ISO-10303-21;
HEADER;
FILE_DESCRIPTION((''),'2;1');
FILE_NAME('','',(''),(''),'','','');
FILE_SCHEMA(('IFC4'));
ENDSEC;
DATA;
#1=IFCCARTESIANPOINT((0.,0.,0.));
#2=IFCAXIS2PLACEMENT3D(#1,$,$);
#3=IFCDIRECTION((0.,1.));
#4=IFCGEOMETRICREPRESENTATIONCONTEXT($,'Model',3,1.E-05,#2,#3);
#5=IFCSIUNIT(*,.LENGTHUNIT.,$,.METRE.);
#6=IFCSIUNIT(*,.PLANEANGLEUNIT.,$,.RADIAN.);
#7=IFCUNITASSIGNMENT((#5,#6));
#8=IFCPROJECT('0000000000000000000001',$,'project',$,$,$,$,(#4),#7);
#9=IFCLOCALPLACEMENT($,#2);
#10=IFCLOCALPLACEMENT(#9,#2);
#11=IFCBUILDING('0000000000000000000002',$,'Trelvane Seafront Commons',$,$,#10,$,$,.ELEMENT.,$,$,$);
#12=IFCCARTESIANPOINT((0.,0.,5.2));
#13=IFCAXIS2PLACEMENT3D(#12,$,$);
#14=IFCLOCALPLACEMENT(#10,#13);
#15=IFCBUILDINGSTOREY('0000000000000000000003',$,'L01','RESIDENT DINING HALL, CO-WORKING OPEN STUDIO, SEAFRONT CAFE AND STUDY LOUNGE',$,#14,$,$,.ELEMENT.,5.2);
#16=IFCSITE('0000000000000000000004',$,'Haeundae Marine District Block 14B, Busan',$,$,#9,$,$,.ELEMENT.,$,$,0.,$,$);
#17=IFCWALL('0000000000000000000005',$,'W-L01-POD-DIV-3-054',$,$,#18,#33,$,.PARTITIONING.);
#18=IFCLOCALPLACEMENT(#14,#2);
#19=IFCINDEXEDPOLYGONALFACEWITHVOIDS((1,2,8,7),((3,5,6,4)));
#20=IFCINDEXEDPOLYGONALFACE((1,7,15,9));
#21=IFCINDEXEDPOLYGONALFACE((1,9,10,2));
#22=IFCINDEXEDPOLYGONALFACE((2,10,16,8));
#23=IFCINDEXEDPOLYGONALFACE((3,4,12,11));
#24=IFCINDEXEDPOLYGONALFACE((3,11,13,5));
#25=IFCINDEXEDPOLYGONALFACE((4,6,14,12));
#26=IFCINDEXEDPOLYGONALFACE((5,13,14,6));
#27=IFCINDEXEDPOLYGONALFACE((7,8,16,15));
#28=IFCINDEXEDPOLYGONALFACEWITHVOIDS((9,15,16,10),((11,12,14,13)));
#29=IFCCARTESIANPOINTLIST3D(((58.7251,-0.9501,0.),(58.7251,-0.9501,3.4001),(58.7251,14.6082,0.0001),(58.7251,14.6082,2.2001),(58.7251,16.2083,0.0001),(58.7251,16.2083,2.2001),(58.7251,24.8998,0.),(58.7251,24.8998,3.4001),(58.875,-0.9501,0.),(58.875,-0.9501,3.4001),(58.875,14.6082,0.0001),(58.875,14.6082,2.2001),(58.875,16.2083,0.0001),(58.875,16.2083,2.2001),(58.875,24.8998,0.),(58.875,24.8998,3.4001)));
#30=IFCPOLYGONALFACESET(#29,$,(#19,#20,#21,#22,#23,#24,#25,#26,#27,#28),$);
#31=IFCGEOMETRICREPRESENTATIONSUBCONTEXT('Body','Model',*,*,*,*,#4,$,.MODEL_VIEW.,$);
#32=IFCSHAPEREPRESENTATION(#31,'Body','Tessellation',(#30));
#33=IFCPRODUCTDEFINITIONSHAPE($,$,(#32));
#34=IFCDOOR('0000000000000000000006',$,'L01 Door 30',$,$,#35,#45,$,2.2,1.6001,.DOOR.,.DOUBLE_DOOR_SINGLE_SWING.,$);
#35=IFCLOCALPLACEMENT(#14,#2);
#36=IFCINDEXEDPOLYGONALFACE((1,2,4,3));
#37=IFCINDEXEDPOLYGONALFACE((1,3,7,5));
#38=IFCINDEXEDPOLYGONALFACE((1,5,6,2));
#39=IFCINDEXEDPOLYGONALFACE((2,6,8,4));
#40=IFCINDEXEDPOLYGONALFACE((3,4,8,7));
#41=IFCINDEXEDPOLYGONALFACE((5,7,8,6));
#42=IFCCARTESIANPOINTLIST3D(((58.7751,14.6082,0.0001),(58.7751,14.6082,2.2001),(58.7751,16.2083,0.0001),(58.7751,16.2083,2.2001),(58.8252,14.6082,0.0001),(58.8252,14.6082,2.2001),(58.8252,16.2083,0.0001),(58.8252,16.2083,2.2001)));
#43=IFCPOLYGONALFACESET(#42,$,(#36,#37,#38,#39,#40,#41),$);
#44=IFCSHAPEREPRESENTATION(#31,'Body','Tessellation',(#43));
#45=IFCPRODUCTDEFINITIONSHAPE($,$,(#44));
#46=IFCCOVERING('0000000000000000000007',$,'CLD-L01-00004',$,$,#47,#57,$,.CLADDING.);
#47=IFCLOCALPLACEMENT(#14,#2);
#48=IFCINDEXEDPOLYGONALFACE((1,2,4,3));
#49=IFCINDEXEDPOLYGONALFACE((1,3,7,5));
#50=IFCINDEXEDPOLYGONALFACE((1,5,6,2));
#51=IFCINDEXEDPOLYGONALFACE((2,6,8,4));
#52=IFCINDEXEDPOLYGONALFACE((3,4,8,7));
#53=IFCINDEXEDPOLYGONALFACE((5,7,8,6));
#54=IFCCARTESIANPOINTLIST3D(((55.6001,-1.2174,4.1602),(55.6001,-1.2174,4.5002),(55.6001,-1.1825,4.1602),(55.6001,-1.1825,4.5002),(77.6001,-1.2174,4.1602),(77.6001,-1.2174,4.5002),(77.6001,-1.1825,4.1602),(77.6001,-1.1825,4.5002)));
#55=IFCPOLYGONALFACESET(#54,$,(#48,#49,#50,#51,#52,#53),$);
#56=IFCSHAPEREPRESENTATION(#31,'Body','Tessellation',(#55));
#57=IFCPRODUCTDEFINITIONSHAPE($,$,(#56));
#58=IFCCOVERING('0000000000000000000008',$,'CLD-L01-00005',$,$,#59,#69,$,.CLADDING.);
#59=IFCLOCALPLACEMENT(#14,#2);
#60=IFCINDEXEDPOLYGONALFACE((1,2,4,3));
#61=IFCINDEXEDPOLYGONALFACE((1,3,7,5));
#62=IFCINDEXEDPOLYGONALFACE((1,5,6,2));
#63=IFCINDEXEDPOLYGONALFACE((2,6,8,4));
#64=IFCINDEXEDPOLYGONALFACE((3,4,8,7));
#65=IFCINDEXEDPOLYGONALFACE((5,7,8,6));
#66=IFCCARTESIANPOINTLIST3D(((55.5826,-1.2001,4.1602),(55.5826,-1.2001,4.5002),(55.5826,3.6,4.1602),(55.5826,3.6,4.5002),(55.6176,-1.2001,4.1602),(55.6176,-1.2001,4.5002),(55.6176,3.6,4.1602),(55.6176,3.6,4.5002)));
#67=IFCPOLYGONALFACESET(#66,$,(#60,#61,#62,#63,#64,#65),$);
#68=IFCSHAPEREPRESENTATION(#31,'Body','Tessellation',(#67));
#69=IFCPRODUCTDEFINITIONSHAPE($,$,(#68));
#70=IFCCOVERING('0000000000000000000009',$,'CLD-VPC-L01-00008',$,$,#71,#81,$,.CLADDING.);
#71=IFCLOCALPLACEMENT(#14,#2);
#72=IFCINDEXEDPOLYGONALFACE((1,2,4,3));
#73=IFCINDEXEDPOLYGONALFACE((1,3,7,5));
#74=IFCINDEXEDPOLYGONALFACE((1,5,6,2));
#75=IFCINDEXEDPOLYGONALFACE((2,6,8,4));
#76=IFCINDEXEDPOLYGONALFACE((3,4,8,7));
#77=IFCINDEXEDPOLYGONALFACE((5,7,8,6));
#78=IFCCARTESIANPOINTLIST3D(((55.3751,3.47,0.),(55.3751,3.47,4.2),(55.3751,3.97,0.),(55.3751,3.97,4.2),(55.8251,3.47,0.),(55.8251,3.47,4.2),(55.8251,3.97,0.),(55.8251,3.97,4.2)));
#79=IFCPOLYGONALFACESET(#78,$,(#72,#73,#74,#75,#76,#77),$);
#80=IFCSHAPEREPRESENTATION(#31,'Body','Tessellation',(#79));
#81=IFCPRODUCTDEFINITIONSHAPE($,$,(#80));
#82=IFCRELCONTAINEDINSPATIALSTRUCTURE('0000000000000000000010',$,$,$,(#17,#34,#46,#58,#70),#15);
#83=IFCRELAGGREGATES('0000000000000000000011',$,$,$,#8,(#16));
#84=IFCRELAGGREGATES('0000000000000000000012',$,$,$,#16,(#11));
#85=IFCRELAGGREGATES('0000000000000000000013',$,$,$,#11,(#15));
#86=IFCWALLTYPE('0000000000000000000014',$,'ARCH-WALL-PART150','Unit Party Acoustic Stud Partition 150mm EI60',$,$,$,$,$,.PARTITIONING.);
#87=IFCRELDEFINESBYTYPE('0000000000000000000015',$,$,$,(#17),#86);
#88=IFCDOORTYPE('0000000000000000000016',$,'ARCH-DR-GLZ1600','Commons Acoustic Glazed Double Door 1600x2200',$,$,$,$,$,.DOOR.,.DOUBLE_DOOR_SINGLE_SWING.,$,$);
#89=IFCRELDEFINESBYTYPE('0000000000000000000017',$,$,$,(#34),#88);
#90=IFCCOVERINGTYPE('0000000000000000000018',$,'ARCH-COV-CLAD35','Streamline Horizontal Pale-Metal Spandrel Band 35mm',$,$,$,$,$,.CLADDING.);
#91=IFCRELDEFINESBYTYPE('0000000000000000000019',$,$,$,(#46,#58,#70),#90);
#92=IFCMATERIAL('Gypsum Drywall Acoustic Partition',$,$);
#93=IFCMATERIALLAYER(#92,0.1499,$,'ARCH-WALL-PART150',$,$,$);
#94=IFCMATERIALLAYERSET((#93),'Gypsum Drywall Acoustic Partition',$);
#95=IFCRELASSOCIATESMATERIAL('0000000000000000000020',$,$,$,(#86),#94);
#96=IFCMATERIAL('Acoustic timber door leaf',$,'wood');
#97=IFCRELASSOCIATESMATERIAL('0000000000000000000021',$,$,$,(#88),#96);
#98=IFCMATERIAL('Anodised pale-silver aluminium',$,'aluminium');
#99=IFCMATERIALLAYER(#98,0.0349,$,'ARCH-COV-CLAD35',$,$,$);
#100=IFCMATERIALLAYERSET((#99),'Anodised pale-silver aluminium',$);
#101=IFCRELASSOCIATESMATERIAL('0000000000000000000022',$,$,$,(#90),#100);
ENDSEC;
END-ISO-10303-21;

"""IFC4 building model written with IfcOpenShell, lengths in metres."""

from ifc_helpers import new_model, si_unit, direction, frame, frame_2d, origin, origin_2d, place, context, subcontext, project, spatial, rectangle, extrude, source, transform, mapped, material, layer, layer_set, type_object, element, fill, save


model = new_model("IFC4")

# Units and contexts
model_context = context("Model", 3, precision=1e-05, world=origin(), true_north=direction((0.0, 1.0)))
body_context = subcontext(model_context, "Body", "Model", "MODEL_VIEW")
ifc_project = project(units=[si_unit("LENGTHUNIT", "METRE"), si_unit("PLANEANGLEUNIT", "RADIAN")], contexts=[model_context])

# Site, building, storey
site_placement = place(None, origin())
site = spatial("IfcSite", under=ifc_project, at=site_placement, Name="Haeundae Marine District Block 14B, Busan", CompositionType="ELEMENT", RefElevation=0.0)
building_placement = place(site_placement, origin())
building = spatial("IfcBuilding", under=site, at=building_placement, Name="Trelvane Seafront Commons", CompositionType="ELEMENT")
storey_placement = place(building_placement, frame((0.0, 0.0, 5.2)))
storey = spatial("IfcBuildingStorey", under=building, at=storey_placement, Name="L01", Description="RESIDENT DINING HALL, CO-WORKING OPEN STUDIO, SEAFRONT CAFE AND STUDY LOUNGE", CompositionType="ELEMENT", Elevation=5.2)

# Shared definitions
ifc_material_1 = material(Name="Anodised pale-silver aluminium", Category="aluminium")

# Wall, opening, door
ifc_material_2 = material(Name="Gypsum Drywall Acoustic Partition")
ifc_layer_1 = layer(ifc_material_2, 0.1499, Name="ARCH-WALL-PART150")
ifc_layer_set_1 = layer_set([ifc_layer_1], Name="Gypsum Drywall Acoustic Partition")
wall_type_1 = type_object("IfcWallType", Name="ARCH-WALL-PART150", Description="Unit Party Acoustic Stud Partition 150mm EI60", PredefinedType="PARTITIONING", material=ifc_layer_set_1)
wall_1_placement = place(storey_placement, frame((58.8, -0.95, 0.0), z_axis=(0.0, 0.0, 1.0), x_axis=(0.0, 1.0, 0.0)))
wall_1 = element("IfcWall", 1, at=wall_1_placement, inside=storey, type_object=wall_type_1, Name="W-L01-POD-DIV-3-054", PredefinedType="PARTITIONING", context=body_context, shape_type="SweptSolid", body=[
    extrude(rectangle(XDim=25.8499, YDim=0.1499, at=frame_2d((12.9248, 0.0))), origin(), (0.0, 0.0, 1.0), 3.4001),
])
opening_1_placement = place(wall_1_placement, frame((15.5581, 0.0, 0.0)))
opening_1 = element("IfcOpeningElement", 2, at=opening_1_placement, cuts=wall_1, PredefinedType="OPENING", context=body_context, shape_type="SweptSolid", body=[
    extrude(rectangle(XDim=1.6001, YDim=2.2, at=frame_2d((0.8, 1.1001))), frame((0.0, 0.085, 0.0), z_axis=(0.0, -1.0, 0.0), x_axis=(1.0, 0.0, 0.0)), (0.0, 0.0, 1.0), 0.1699),
])
ifc_material_3 = material(Name="Acoustic timber door leaf", Category="wood")
door_type = type_object("IfcDoorType", Name="ARCH-DR-GLZ1600", Description="Commons Acoustic Glazed Double Door 1600x2200", OperationType="DOUBLE_DOOR_SINGLE_SWING", PredefinedType="DOOR", material=ifc_material_3)
shared_shape_1 = source(origin(), body_context, "Body", "SweptSolid", [
    extrude(rectangle(XDim=1.6001, YDim=2.2, at=frame_2d((0.8, 1.1001))), frame((0.0, 0.0249, 0.0), z_axis=(0.0, -1.0, 0.0), x_axis=(1.0, 0.0, 0.0)), (0.0, 0.0, 1.0), 0.05),
])
door_placement = place(opening_1_placement, origin())
door = element("IfcDoor", 3, at=door_placement, inside=storey, type_object=door_type, Name="L01 Door 30", OperationType="DOUBLE_DOOR_SINGLE_SWING", OverallHeight=2.2, OverallWidth=1.6001, PredefinedType="DOOR", context=body_context, shape_type="MappedRepresentation", body=[
    mapped(shared_shape_1, transform((0.0, 0.0, 0.0), x_axis=(1.0, 0.0, 0.0), y_axis=(0.0, 1.0, 0.0), z_axis=(0.0, 0.0, 1.0), scale=1.0)),
])
fill(opening_1, door)

# Coverings
ifc_layer_2 = layer(ifc_material_1, 0.0349, Name="ARCH-COV-CLAD35")
ifc_layer_set_2 = layer_set([ifc_layer_2], Name="Anodised pale-silver aluminium")
covering_type = type_object("IfcCoveringType", Name="ARCH-COV-CLAD35", Description="Streamline Horizontal Pale-Metal Spandrel Band 35mm", PredefinedType="CLADDING", material=ifc_layer_set_2)
shared_shape_2 = source(origin(), body_context, "Body", "SweptSolid", [
    extrude(rectangle(XDim=22.0, YDim=0.0349, at=origin_2d()), origin(), (0.0, 0.0, 1.0), 0.3401),
])
covering_1_placement = place(storey_placement, frame((66.6001, -1.2, 4.1602), z_axis=(0.0, 0.0, 1.0), x_axis=(-1.0, 0.0, 0.0)))
element("IfcCovering", 4, at=covering_1_placement, inside=storey, type_object=covering_type, Name="CLD-L01-00004", PredefinedType="CLADDING", context=body_context, shape_type="MappedRepresentation", body=[
    mapped(shared_shape_2, transform((0.0, 0.0, 0.0), x_axis=(1.0, 0.0, 0.0), y_axis=(0.0, 1.0, 0.0), z_axis=(0.0, 0.0, 1.0), scale=1.0)),
])
shared_shape_3 = source(origin(), body_context, "Body", "SweptSolid", [
    extrude(rectangle(XDim=4.8, YDim=0.0349, at=origin_2d()), origin(), (0.0, 0.0, 1.0), 0.3401),
])
covering_2_placement = place(storey_placement, frame((55.6001, 1.2, 4.1602), z_axis=(0.0, 0.0, 1.0), x_axis=(0.0, 1.0, 0.0)))
element("IfcCovering", 5, at=covering_2_placement, inside=storey, type_object=covering_type, Name="CLD-L01-00005", PredefinedType="CLADDING", context=body_context, shape_type="MappedRepresentation", body=[
    mapped(shared_shape_3, transform((0.0, 0.0, 0.0), x_axis=(1.0, 0.0, 0.0), y_axis=(0.0, 1.0, 0.0), z_axis=(0.0, 0.0, 1.0), scale=1.0)),
])
shared_shape_4 = source(origin(), body_context, "Body", "SweptSolid", [
    extrude(rectangle(XDim=0.45, YDim=0.5, at=origin_2d()), origin(), (0.0, 0.0, 1.0), 4.2),
])
covering_3_placement = place(storey_placement, frame((55.6001, 3.72, 0.0), z_axis=(0.0, 0.0, 1.0), x_axis=(1.0, 0.0, 0.0)))
element("IfcCovering", 6, at=covering_3_placement, inside=storey, type_object=covering_type, Name="CLD-VPC-L01-00008", PredefinedType="CLADDING", context=body_context, shape_type="MappedRepresentation", body=[
    mapped(shared_shape_4, transform((0.0, 0.0, 0.0), x_axis=(1.0, 0.0, 0.0), y_axis=(0.0, 1.0, 0.0), z_axis=(0.0, 0.0, 1.0), scale=1.0)),
])

save(model, "model.ifc")
